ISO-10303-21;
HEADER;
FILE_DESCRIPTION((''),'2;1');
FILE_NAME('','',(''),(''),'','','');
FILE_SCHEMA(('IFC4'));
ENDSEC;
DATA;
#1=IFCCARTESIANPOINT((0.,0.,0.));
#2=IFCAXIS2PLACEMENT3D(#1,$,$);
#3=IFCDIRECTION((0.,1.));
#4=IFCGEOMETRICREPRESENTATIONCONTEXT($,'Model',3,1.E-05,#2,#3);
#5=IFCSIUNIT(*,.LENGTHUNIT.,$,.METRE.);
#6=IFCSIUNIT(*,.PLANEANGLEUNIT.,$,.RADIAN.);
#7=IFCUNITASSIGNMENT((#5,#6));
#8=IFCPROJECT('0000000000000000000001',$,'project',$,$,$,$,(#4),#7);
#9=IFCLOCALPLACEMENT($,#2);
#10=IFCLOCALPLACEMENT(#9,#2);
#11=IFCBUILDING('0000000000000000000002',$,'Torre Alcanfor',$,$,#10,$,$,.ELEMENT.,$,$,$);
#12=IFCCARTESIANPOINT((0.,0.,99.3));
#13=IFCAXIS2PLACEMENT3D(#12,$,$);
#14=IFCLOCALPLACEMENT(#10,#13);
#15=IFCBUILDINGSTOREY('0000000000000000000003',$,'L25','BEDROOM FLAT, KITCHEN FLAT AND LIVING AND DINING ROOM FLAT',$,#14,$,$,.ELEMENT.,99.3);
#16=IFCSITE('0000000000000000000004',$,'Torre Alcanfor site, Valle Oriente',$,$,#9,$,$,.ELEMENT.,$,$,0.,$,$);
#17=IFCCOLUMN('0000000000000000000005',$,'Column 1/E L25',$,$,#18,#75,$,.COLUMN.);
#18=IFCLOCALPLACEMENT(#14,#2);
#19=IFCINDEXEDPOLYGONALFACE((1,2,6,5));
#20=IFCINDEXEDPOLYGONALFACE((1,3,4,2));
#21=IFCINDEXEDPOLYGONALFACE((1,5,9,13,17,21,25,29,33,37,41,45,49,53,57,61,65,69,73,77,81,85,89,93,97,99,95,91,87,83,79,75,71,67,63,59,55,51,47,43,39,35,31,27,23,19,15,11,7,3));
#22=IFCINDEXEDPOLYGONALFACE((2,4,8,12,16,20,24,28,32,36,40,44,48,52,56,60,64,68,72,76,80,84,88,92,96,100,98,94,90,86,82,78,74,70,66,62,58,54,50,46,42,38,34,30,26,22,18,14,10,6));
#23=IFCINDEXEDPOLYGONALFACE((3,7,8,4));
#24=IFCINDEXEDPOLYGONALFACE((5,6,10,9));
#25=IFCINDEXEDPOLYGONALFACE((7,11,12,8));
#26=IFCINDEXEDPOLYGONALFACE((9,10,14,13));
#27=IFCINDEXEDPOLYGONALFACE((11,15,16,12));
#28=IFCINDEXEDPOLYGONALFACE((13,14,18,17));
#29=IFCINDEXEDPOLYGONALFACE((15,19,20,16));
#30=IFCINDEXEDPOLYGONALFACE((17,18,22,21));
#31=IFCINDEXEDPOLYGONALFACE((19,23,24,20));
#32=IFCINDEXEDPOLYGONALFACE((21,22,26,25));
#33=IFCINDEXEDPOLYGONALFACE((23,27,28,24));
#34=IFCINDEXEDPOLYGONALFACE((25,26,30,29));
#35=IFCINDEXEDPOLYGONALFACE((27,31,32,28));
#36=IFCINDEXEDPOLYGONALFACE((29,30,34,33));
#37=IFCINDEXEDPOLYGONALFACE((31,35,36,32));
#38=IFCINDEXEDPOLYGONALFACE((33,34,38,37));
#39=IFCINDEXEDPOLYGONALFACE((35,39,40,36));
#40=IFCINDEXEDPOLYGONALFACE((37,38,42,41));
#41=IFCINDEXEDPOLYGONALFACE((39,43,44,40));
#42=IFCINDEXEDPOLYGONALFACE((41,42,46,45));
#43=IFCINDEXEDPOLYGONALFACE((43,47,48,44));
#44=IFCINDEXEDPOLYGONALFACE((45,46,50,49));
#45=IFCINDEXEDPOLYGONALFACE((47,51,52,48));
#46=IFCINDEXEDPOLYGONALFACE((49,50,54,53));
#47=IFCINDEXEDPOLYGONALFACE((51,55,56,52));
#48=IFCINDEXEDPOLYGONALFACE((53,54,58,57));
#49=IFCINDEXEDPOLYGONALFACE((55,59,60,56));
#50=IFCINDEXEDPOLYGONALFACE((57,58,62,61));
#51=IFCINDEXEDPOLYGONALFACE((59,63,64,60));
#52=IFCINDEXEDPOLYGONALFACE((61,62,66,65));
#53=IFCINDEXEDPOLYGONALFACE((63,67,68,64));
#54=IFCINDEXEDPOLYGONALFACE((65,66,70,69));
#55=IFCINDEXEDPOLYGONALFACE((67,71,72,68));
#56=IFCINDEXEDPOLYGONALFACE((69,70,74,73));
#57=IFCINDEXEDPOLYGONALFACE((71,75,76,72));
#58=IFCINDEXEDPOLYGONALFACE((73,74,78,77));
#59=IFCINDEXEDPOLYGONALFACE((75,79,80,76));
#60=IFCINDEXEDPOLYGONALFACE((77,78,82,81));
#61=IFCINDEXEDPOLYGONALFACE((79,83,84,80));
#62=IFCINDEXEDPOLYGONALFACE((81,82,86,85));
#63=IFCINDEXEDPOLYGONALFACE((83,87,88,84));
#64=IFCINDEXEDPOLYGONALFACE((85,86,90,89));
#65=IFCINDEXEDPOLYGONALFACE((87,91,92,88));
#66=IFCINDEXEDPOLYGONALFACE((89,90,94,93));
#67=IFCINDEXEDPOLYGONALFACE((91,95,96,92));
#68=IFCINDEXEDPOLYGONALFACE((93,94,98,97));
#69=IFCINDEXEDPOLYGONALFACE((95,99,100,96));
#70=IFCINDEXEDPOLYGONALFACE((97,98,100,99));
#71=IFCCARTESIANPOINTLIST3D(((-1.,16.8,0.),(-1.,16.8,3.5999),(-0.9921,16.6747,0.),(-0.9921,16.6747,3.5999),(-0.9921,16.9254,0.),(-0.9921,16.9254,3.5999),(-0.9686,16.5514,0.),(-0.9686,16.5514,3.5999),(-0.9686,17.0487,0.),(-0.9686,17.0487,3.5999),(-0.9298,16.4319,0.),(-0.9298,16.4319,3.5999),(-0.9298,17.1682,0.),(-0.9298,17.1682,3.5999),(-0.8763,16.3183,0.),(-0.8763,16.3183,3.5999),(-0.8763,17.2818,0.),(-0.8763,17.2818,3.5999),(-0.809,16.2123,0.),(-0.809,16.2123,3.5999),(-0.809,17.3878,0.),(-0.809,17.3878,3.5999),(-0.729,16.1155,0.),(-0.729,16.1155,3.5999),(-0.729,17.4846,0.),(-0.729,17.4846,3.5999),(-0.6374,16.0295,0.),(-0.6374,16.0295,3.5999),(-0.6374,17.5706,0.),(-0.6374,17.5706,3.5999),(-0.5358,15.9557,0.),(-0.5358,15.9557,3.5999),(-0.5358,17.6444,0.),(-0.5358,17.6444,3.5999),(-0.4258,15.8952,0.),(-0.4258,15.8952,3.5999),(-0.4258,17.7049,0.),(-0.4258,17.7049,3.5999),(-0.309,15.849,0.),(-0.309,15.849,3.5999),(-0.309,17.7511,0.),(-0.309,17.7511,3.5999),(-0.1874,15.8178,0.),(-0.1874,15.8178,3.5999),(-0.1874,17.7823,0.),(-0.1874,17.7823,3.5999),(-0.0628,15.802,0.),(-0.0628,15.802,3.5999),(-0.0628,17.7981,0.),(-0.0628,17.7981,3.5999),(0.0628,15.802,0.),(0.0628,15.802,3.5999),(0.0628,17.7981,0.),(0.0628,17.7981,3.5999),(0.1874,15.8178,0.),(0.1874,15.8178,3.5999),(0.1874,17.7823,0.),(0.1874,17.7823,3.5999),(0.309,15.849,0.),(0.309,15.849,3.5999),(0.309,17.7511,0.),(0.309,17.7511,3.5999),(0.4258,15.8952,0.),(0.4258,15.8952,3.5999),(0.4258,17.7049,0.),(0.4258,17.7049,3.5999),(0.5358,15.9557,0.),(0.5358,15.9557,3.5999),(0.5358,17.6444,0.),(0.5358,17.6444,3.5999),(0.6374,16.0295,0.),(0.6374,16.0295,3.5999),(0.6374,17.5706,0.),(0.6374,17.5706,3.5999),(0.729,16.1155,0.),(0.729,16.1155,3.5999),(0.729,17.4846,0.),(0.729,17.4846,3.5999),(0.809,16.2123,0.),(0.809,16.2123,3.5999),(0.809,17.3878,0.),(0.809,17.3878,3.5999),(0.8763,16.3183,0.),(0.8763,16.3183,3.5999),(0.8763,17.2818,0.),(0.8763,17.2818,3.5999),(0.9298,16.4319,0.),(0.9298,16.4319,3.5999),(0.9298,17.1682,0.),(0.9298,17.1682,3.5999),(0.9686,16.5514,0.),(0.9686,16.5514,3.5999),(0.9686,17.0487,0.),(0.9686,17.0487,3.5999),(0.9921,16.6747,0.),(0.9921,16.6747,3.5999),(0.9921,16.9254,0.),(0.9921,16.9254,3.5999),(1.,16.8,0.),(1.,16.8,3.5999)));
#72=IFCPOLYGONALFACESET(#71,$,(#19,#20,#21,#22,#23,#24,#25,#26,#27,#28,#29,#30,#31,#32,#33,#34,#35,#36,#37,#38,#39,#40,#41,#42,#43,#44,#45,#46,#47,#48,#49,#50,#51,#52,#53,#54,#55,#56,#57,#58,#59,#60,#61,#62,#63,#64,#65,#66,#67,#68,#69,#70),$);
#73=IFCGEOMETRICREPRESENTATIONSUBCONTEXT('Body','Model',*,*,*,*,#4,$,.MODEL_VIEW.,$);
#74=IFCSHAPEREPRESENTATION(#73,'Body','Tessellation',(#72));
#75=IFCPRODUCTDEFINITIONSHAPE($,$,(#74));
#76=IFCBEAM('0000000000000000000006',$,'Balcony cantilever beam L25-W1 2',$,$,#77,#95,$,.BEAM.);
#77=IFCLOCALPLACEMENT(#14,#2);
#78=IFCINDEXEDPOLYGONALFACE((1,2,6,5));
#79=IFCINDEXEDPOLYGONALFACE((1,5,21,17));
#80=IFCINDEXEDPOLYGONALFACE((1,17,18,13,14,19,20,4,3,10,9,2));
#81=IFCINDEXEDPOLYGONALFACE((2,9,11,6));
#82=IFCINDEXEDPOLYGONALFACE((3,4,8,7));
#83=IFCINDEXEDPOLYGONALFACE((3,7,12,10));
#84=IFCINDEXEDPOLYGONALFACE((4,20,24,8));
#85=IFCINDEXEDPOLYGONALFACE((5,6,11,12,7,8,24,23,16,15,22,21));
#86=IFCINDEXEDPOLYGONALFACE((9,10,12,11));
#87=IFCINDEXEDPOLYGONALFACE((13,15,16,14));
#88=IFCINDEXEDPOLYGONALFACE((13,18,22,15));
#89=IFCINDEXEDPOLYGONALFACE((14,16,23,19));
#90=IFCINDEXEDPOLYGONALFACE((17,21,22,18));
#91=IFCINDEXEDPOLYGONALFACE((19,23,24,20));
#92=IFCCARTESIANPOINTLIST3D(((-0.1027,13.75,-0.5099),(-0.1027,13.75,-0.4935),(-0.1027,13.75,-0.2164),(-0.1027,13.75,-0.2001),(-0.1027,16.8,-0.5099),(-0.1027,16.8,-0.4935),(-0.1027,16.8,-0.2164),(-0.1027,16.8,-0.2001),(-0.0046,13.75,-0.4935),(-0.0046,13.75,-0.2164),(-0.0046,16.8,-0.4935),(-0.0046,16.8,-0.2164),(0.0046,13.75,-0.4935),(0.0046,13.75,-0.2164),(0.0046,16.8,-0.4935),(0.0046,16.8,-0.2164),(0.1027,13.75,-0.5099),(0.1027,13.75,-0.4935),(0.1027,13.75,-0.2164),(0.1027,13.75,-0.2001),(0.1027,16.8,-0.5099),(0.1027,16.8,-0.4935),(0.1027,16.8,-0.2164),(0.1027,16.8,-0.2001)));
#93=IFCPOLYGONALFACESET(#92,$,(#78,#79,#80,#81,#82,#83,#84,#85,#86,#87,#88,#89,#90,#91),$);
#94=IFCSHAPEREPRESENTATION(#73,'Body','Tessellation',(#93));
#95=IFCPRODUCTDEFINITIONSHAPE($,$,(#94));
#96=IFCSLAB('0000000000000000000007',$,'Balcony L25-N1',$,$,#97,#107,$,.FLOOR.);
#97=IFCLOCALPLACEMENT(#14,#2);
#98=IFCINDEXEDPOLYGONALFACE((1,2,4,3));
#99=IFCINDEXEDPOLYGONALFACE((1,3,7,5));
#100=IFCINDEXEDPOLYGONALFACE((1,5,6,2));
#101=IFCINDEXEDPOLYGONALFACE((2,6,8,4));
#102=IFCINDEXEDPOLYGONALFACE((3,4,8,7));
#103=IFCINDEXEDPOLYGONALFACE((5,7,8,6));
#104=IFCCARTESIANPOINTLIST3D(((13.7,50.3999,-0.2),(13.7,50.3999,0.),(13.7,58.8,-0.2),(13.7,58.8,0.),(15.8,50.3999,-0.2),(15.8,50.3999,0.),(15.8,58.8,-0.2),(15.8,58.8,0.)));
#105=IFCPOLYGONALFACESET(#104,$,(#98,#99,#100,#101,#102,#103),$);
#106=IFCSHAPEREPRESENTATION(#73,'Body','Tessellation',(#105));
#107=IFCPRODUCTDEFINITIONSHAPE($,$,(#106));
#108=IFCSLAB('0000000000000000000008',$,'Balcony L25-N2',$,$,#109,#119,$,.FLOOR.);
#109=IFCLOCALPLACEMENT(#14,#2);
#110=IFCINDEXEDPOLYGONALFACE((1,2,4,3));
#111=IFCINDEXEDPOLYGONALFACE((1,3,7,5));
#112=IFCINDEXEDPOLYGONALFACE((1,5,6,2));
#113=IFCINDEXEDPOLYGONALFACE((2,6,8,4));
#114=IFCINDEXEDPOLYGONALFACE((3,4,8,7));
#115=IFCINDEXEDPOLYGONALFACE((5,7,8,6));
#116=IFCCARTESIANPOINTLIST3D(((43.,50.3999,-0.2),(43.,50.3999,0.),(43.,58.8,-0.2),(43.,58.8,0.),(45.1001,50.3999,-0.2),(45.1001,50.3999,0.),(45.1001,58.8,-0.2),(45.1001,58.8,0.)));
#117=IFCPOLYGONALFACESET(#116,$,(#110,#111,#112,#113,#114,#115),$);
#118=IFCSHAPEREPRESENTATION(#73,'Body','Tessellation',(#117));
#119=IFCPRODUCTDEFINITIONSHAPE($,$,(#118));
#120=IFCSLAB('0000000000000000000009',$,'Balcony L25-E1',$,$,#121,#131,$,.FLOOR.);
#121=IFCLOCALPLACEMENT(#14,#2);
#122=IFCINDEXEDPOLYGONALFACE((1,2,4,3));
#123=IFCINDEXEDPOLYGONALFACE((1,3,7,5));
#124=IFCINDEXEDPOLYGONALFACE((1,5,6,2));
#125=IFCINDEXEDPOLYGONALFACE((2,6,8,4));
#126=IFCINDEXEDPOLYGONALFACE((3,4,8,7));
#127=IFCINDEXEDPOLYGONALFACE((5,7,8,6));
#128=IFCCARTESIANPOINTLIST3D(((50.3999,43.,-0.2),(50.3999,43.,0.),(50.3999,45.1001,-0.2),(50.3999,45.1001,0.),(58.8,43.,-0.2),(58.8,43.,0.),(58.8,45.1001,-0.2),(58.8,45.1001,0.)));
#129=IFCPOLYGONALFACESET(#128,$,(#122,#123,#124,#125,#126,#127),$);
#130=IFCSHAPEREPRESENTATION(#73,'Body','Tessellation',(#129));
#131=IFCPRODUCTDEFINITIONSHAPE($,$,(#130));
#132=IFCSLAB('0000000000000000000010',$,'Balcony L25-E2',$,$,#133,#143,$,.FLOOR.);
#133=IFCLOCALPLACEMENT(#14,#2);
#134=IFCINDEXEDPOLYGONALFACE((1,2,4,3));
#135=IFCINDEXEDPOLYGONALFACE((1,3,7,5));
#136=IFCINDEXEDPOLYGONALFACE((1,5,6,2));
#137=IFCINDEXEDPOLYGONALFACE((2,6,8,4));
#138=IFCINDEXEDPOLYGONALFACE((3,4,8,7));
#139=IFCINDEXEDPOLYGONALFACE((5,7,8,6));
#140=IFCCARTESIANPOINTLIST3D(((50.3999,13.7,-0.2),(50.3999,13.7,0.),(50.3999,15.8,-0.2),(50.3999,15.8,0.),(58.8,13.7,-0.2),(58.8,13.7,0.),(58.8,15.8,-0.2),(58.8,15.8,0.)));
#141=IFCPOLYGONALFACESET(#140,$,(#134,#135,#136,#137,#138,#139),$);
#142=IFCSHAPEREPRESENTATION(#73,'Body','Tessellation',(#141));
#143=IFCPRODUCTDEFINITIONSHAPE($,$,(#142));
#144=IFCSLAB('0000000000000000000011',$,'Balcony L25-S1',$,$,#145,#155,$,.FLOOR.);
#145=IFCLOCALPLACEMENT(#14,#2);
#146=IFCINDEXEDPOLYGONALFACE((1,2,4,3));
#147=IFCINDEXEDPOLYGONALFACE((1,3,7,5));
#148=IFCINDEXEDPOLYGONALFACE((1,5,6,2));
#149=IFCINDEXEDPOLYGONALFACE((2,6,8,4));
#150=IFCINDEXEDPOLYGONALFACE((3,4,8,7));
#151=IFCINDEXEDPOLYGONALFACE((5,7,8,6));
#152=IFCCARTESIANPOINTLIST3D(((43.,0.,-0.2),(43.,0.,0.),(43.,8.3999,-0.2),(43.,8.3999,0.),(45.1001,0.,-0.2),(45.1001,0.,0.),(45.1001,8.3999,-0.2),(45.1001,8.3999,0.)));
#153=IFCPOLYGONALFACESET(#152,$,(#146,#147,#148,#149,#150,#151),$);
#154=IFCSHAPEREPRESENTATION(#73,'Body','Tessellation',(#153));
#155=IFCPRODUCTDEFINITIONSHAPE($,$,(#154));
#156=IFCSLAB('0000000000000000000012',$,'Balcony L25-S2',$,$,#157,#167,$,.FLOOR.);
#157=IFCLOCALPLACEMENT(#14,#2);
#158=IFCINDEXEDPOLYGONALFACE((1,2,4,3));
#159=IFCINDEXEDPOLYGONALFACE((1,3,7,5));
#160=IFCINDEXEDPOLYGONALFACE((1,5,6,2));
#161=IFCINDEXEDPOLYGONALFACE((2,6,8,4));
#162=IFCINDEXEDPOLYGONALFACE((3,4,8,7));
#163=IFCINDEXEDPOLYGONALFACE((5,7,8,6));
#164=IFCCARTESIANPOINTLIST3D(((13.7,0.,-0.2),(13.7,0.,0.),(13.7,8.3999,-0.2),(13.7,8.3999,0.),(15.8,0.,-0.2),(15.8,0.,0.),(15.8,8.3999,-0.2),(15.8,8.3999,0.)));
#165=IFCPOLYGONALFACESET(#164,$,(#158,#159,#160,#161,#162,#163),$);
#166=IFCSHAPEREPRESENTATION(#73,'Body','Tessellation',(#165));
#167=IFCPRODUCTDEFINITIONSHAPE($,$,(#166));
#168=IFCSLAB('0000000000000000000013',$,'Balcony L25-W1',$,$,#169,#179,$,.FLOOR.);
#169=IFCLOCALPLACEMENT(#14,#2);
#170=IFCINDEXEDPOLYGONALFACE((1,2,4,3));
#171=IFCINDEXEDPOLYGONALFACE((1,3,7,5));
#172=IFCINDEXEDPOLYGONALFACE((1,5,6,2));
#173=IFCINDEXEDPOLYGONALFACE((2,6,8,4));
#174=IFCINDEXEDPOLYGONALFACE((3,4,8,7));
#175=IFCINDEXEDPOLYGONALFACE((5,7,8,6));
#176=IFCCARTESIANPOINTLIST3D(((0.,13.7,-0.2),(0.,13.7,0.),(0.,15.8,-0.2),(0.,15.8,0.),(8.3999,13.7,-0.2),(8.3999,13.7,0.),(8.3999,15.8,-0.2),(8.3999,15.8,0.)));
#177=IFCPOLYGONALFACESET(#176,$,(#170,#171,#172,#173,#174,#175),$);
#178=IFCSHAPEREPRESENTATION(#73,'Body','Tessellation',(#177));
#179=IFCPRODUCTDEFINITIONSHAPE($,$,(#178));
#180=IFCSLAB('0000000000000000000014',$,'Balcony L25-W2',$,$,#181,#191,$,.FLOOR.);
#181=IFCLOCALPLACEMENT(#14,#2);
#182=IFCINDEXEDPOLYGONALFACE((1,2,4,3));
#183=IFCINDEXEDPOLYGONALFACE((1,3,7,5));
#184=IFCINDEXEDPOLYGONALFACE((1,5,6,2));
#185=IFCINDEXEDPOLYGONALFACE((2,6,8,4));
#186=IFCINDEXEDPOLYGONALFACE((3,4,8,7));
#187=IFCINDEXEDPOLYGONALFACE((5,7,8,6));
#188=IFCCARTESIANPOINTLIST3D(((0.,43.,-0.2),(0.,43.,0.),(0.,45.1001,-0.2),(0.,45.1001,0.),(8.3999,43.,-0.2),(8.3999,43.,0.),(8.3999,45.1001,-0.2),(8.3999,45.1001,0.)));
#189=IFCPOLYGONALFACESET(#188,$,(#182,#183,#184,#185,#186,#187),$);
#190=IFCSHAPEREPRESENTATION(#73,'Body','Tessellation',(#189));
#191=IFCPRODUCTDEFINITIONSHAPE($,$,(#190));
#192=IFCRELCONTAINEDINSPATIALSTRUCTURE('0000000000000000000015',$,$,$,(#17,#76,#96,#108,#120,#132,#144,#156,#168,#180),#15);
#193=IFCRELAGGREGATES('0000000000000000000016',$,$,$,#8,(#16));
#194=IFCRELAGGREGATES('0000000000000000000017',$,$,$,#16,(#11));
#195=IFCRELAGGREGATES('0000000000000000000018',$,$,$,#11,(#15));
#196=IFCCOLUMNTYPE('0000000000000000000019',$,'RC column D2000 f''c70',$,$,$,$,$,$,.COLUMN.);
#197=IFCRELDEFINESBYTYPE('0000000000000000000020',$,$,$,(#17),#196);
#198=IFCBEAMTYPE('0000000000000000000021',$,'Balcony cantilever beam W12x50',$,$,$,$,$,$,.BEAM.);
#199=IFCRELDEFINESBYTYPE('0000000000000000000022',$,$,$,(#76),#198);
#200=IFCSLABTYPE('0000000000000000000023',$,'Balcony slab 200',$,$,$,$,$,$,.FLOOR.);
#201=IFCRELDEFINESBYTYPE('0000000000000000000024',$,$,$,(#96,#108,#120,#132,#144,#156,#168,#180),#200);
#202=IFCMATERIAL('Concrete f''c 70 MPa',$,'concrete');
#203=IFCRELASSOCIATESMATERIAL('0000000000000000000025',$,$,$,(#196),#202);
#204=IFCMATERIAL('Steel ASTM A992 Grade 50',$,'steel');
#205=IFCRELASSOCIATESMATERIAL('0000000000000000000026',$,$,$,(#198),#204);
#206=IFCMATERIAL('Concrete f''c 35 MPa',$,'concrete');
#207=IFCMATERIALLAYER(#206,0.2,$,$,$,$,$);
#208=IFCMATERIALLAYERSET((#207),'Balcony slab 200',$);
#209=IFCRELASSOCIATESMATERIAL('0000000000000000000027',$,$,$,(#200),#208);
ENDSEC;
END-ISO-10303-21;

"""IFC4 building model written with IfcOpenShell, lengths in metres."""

from ifc_helpers import new_model, si_unit, direction, frame, origin, origin_2d, place, context, subcontext, project, spatial, polyline, circle, i_section, outline, extrude, material, layer, layer_set, material_profile, profile_set, type_object, element, save


model = new_model("IFC4")

# Units and contexts
model_context = context("Model", 3, precision=1e-05, world=origin(), true_north=direction((0.0, 1.0)))
body_context = subcontext(model_context, "Body", "Model", "MODEL_VIEW")
ifc_project = project(units=[si_unit("LENGTHUNIT", "METRE"), si_unit("PLANEANGLEUNIT", "RADIAN")], contexts=[model_context])

# Site, building, storey
site_placement = place(None, origin())
site = spatial("IfcSite", under=ifc_project, at=site_placement, Name="Torre Alcanfor site, Valle Oriente", CompositionType="ELEMENT", RefElevation=0.0)
building_placement = place(site_placement, origin())
building = spatial("IfcBuilding", under=site, at=building_placement, Name="Torre Alcanfor", CompositionType="ELEMENT")
storey_placement = place(building_placement, frame((0.0, 0.0, 99.3)))
storey = spatial("IfcBuildingStorey", under=building, at=storey_placement, Name="L25", Description="BEDROOM FLAT, KITCHEN FLAT AND LIVING AND DINING ROOM FLAT", CompositionType="ELEMENT", Elevation=99.3)

# Column
ifc_material_1 = material(Name="Concrete f'c 70 MPa", Category="concrete")
ifc_material_profile_1 = material_profile(ifc_material_1, circle(Radius=1.0, at=origin_2d()), Name="D2000")
ifc_profile_set_1 = profile_set([ifc_material_profile_1], Name="Concrete f'c 70 MPa")
column_type = type_object("IfcColumnType", Name="RC column D2000 f'c70", PredefinedType="COLUMN", material=ifc_profile_set_1)
column_placement = place(storey_placement, frame((0.0, 16.8, 0.0), z_axis=(0.0, 0.0, 1.0), x_axis=(1.0, 0.0, 0.0)))
element("IfcColumn", 1, at=column_placement, inside=storey, type_object=column_type, Name="Column 1/E L25", PredefinedType="COLUMN", context=body_context, shape_type="SweptSolid", body=[
    extrude(circle(Radius=1.0, at=origin_2d()), origin(), (0.0, 0.0, 1.0), 3.5999),
])

# Beam
ifc_material_2 = material(Name="Steel ASTM A992 Grade 50", Category="steel")
ifc_material_profile_2 = material_profile(ifc_material_2, i_section(OverallWidth=0.2053, OverallDepth=0.3098, WebThickness=0.0093, FlangeThickness=0.0164, at=origin_2d()), Name="W12x50")
ifc_profile_set_2 = profile_set([ifc_material_profile_2], Name="Steel ASTM A992 Grade 50")
beam_type = type_object("IfcBeamType", Name="Balcony cantilever beam W12x50", PredefinedType="BEAM", material=ifc_profile_set_2)
beam_placement = place(storey_placement, frame((0.0, 16.8, -0.355), z_axis=(0.0, -1.0, 0.0), x_axis=(1.0, 0.0, 0.0)))
element("IfcBeam", 2, at=beam_placement, inside=storey, type_object=beam_type, Name="Balcony cantilever beam L25-W1 2", PredefinedType="BEAM", context=body_context, shape_type="SweptSolid", body=[
    extrude(i_section(OverallWidth=0.2053, OverallDepth=0.3098, WebThickness=0.0093, FlangeThickness=0.0164, at=origin_2d()), origin(), (0.0, 0.0, 1.0), 3.05),
])

# Slabs
ifc_material_3 = material(Name="Concrete f'c 35 MPa", Category="concrete")
ifc_layer_1 = layer(ifc_material_3, 0.2)
ifc_layer_set_1 = layer_set([ifc_layer_1], Name="Balcony slab 200")
slab_type_1 = type_object("IfcSlabType", Name="Balcony slab 200", PredefinedType="FLOOR", material=ifc_layer_set_1)
slab_1_placement = place(storey_placement, frame((0.0, 0.0, -0.2)))
element("IfcSlab", 3, at=slab_1_placement, inside=storey, type_object=slab_type_1, Name="Balcony L25-N1", PredefinedType="FLOOR", context=body_context, shape_type="SweptSolid", body=[
    extrude(outline(polyline([(15.8, 50.3999), (15.8, 58.8), (13.7, 58.8), (13.7, 50.3999), (15.8, 50.3999)])), origin(), (0.0, 0.0, 1.0), 0.2),
])
slab_2_placement = place(storey_placement, frame((0.0, 0.0, -0.2)))
element("IfcSlab", 4, at=slab_2_placement, inside=storey, type_object=slab_type_1, Name="Balcony L25-N2", PredefinedType="FLOOR", context=body_context, shape_type="SweptSolid", body=[
    extrude(outline(polyline([(45.1001, 50.3999), (45.1001, 58.8), (43.0, 58.8), (43.0, 50.3999), (45.1001, 50.3999)])), origin(), (0.0, 0.0, 1.0), 0.2),
])
slab_3_placement = place(storey_placement, frame((0.0, 0.0, -0.2)))
element("IfcSlab", 5, at=slab_3_placement, inside=storey, type_object=slab_type_1, Name="Balcony L25-E1", PredefinedType="FLOOR", context=body_context, shape_type="SweptSolid", body=[
    extrude(outline(polyline([(50.3999, 43.0), (58.8, 43.0), (58.8, 45.1001), (50.3999, 45.1001), (50.3999, 43.0)])), origin(), (0.0, 0.0, 1.0), 0.2),
])
slab_4_placement = place(storey_placement, frame((0.0, 0.0, -0.2)))
element("IfcSlab", 6, at=slab_4_placement, inside=storey, type_object=slab_type_1, Name="Balcony L25-E2", PredefinedType="FLOOR", context=body_context, shape_type="SweptSolid", body=[
    extrude(outline(polyline([(50.3999, 13.7), (58.8, 13.7), (58.8, 15.8), (50.3999, 15.8), (50.3999, 13.7)])), origin(), (0.0, 0.0, 1.0), 0.2),
])
slab_5_placement = place(storey_placement, frame((0.0, 0.0, -0.2)))
element("IfcSlab", 7, at=slab_5_placement, inside=storey, type_object=slab_type_1, Name="Balcony L25-S1", PredefinedType="FLOOR", context=body_context, shape_type="SweptSolid", body=[
    extrude(outline(polyline([(43.0, 8.3999), (43.0, 0.0), (45.1001, 0.0), (45.1001, 8.3999), (43.0, 8.3999)])), origin(), (0.0, 0.0, 1.0), 0.2),
])
slab_6_placement = place(storey_placement, frame((0.0, 0.0, -0.2)))
element("IfcSlab", 8, at=slab_6_placement, inside=storey, type_object=slab_type_1, Name="Balcony L25-S2", PredefinedType="FLOOR", context=body_context, shape_type="SweptSolid", body=[
    extrude(outline(polyline([(13.7, 8.3999), (13.7, 0.0), (15.8, 0.0), (15.8, 8.3999), (13.7, 8.3999)])), origin(), (0.0, 0.0, 1.0), 0.2),
])
slab_7_placement = place(storey_placement, frame((0.0, 0.0, -0.2)))
element("IfcSlab", 9, at=slab_7_placement, inside=storey, type_object=slab_type_1, Name="Balcony L25-W1", PredefinedType="FLOOR", context=body_context, shape_type="SweptSolid", body=[
    extrude(outline(polyline([(8.3999, 15.8), (0.0, 15.8), (0.0, 13.7), (8.3999, 13.7), (8.3999, 15.8)])), origin(), (0.0, 0.0, 1.0), 0.2),
])
slab_8_placement = place(storey_placement, frame((0.0, 0.0, -0.2)))
element("IfcSlab", 10, at=slab_8_placement, inside=storey, type_object=slab_type_1, Name="Balcony L25-W2", PredefinedType="FLOOR", context=body_context, shape_type="SweptSolid", body=[
    extrude(outline(polyline([(8.3999, 45.1001), (0.0, 45.1001), (0.0, 43.0), (8.3999, 43.0), (8.3999, 45.1001)])), origin(), (0.0, 0.0, 1.0), 0.2),
])

save(model, "model.ifc")
